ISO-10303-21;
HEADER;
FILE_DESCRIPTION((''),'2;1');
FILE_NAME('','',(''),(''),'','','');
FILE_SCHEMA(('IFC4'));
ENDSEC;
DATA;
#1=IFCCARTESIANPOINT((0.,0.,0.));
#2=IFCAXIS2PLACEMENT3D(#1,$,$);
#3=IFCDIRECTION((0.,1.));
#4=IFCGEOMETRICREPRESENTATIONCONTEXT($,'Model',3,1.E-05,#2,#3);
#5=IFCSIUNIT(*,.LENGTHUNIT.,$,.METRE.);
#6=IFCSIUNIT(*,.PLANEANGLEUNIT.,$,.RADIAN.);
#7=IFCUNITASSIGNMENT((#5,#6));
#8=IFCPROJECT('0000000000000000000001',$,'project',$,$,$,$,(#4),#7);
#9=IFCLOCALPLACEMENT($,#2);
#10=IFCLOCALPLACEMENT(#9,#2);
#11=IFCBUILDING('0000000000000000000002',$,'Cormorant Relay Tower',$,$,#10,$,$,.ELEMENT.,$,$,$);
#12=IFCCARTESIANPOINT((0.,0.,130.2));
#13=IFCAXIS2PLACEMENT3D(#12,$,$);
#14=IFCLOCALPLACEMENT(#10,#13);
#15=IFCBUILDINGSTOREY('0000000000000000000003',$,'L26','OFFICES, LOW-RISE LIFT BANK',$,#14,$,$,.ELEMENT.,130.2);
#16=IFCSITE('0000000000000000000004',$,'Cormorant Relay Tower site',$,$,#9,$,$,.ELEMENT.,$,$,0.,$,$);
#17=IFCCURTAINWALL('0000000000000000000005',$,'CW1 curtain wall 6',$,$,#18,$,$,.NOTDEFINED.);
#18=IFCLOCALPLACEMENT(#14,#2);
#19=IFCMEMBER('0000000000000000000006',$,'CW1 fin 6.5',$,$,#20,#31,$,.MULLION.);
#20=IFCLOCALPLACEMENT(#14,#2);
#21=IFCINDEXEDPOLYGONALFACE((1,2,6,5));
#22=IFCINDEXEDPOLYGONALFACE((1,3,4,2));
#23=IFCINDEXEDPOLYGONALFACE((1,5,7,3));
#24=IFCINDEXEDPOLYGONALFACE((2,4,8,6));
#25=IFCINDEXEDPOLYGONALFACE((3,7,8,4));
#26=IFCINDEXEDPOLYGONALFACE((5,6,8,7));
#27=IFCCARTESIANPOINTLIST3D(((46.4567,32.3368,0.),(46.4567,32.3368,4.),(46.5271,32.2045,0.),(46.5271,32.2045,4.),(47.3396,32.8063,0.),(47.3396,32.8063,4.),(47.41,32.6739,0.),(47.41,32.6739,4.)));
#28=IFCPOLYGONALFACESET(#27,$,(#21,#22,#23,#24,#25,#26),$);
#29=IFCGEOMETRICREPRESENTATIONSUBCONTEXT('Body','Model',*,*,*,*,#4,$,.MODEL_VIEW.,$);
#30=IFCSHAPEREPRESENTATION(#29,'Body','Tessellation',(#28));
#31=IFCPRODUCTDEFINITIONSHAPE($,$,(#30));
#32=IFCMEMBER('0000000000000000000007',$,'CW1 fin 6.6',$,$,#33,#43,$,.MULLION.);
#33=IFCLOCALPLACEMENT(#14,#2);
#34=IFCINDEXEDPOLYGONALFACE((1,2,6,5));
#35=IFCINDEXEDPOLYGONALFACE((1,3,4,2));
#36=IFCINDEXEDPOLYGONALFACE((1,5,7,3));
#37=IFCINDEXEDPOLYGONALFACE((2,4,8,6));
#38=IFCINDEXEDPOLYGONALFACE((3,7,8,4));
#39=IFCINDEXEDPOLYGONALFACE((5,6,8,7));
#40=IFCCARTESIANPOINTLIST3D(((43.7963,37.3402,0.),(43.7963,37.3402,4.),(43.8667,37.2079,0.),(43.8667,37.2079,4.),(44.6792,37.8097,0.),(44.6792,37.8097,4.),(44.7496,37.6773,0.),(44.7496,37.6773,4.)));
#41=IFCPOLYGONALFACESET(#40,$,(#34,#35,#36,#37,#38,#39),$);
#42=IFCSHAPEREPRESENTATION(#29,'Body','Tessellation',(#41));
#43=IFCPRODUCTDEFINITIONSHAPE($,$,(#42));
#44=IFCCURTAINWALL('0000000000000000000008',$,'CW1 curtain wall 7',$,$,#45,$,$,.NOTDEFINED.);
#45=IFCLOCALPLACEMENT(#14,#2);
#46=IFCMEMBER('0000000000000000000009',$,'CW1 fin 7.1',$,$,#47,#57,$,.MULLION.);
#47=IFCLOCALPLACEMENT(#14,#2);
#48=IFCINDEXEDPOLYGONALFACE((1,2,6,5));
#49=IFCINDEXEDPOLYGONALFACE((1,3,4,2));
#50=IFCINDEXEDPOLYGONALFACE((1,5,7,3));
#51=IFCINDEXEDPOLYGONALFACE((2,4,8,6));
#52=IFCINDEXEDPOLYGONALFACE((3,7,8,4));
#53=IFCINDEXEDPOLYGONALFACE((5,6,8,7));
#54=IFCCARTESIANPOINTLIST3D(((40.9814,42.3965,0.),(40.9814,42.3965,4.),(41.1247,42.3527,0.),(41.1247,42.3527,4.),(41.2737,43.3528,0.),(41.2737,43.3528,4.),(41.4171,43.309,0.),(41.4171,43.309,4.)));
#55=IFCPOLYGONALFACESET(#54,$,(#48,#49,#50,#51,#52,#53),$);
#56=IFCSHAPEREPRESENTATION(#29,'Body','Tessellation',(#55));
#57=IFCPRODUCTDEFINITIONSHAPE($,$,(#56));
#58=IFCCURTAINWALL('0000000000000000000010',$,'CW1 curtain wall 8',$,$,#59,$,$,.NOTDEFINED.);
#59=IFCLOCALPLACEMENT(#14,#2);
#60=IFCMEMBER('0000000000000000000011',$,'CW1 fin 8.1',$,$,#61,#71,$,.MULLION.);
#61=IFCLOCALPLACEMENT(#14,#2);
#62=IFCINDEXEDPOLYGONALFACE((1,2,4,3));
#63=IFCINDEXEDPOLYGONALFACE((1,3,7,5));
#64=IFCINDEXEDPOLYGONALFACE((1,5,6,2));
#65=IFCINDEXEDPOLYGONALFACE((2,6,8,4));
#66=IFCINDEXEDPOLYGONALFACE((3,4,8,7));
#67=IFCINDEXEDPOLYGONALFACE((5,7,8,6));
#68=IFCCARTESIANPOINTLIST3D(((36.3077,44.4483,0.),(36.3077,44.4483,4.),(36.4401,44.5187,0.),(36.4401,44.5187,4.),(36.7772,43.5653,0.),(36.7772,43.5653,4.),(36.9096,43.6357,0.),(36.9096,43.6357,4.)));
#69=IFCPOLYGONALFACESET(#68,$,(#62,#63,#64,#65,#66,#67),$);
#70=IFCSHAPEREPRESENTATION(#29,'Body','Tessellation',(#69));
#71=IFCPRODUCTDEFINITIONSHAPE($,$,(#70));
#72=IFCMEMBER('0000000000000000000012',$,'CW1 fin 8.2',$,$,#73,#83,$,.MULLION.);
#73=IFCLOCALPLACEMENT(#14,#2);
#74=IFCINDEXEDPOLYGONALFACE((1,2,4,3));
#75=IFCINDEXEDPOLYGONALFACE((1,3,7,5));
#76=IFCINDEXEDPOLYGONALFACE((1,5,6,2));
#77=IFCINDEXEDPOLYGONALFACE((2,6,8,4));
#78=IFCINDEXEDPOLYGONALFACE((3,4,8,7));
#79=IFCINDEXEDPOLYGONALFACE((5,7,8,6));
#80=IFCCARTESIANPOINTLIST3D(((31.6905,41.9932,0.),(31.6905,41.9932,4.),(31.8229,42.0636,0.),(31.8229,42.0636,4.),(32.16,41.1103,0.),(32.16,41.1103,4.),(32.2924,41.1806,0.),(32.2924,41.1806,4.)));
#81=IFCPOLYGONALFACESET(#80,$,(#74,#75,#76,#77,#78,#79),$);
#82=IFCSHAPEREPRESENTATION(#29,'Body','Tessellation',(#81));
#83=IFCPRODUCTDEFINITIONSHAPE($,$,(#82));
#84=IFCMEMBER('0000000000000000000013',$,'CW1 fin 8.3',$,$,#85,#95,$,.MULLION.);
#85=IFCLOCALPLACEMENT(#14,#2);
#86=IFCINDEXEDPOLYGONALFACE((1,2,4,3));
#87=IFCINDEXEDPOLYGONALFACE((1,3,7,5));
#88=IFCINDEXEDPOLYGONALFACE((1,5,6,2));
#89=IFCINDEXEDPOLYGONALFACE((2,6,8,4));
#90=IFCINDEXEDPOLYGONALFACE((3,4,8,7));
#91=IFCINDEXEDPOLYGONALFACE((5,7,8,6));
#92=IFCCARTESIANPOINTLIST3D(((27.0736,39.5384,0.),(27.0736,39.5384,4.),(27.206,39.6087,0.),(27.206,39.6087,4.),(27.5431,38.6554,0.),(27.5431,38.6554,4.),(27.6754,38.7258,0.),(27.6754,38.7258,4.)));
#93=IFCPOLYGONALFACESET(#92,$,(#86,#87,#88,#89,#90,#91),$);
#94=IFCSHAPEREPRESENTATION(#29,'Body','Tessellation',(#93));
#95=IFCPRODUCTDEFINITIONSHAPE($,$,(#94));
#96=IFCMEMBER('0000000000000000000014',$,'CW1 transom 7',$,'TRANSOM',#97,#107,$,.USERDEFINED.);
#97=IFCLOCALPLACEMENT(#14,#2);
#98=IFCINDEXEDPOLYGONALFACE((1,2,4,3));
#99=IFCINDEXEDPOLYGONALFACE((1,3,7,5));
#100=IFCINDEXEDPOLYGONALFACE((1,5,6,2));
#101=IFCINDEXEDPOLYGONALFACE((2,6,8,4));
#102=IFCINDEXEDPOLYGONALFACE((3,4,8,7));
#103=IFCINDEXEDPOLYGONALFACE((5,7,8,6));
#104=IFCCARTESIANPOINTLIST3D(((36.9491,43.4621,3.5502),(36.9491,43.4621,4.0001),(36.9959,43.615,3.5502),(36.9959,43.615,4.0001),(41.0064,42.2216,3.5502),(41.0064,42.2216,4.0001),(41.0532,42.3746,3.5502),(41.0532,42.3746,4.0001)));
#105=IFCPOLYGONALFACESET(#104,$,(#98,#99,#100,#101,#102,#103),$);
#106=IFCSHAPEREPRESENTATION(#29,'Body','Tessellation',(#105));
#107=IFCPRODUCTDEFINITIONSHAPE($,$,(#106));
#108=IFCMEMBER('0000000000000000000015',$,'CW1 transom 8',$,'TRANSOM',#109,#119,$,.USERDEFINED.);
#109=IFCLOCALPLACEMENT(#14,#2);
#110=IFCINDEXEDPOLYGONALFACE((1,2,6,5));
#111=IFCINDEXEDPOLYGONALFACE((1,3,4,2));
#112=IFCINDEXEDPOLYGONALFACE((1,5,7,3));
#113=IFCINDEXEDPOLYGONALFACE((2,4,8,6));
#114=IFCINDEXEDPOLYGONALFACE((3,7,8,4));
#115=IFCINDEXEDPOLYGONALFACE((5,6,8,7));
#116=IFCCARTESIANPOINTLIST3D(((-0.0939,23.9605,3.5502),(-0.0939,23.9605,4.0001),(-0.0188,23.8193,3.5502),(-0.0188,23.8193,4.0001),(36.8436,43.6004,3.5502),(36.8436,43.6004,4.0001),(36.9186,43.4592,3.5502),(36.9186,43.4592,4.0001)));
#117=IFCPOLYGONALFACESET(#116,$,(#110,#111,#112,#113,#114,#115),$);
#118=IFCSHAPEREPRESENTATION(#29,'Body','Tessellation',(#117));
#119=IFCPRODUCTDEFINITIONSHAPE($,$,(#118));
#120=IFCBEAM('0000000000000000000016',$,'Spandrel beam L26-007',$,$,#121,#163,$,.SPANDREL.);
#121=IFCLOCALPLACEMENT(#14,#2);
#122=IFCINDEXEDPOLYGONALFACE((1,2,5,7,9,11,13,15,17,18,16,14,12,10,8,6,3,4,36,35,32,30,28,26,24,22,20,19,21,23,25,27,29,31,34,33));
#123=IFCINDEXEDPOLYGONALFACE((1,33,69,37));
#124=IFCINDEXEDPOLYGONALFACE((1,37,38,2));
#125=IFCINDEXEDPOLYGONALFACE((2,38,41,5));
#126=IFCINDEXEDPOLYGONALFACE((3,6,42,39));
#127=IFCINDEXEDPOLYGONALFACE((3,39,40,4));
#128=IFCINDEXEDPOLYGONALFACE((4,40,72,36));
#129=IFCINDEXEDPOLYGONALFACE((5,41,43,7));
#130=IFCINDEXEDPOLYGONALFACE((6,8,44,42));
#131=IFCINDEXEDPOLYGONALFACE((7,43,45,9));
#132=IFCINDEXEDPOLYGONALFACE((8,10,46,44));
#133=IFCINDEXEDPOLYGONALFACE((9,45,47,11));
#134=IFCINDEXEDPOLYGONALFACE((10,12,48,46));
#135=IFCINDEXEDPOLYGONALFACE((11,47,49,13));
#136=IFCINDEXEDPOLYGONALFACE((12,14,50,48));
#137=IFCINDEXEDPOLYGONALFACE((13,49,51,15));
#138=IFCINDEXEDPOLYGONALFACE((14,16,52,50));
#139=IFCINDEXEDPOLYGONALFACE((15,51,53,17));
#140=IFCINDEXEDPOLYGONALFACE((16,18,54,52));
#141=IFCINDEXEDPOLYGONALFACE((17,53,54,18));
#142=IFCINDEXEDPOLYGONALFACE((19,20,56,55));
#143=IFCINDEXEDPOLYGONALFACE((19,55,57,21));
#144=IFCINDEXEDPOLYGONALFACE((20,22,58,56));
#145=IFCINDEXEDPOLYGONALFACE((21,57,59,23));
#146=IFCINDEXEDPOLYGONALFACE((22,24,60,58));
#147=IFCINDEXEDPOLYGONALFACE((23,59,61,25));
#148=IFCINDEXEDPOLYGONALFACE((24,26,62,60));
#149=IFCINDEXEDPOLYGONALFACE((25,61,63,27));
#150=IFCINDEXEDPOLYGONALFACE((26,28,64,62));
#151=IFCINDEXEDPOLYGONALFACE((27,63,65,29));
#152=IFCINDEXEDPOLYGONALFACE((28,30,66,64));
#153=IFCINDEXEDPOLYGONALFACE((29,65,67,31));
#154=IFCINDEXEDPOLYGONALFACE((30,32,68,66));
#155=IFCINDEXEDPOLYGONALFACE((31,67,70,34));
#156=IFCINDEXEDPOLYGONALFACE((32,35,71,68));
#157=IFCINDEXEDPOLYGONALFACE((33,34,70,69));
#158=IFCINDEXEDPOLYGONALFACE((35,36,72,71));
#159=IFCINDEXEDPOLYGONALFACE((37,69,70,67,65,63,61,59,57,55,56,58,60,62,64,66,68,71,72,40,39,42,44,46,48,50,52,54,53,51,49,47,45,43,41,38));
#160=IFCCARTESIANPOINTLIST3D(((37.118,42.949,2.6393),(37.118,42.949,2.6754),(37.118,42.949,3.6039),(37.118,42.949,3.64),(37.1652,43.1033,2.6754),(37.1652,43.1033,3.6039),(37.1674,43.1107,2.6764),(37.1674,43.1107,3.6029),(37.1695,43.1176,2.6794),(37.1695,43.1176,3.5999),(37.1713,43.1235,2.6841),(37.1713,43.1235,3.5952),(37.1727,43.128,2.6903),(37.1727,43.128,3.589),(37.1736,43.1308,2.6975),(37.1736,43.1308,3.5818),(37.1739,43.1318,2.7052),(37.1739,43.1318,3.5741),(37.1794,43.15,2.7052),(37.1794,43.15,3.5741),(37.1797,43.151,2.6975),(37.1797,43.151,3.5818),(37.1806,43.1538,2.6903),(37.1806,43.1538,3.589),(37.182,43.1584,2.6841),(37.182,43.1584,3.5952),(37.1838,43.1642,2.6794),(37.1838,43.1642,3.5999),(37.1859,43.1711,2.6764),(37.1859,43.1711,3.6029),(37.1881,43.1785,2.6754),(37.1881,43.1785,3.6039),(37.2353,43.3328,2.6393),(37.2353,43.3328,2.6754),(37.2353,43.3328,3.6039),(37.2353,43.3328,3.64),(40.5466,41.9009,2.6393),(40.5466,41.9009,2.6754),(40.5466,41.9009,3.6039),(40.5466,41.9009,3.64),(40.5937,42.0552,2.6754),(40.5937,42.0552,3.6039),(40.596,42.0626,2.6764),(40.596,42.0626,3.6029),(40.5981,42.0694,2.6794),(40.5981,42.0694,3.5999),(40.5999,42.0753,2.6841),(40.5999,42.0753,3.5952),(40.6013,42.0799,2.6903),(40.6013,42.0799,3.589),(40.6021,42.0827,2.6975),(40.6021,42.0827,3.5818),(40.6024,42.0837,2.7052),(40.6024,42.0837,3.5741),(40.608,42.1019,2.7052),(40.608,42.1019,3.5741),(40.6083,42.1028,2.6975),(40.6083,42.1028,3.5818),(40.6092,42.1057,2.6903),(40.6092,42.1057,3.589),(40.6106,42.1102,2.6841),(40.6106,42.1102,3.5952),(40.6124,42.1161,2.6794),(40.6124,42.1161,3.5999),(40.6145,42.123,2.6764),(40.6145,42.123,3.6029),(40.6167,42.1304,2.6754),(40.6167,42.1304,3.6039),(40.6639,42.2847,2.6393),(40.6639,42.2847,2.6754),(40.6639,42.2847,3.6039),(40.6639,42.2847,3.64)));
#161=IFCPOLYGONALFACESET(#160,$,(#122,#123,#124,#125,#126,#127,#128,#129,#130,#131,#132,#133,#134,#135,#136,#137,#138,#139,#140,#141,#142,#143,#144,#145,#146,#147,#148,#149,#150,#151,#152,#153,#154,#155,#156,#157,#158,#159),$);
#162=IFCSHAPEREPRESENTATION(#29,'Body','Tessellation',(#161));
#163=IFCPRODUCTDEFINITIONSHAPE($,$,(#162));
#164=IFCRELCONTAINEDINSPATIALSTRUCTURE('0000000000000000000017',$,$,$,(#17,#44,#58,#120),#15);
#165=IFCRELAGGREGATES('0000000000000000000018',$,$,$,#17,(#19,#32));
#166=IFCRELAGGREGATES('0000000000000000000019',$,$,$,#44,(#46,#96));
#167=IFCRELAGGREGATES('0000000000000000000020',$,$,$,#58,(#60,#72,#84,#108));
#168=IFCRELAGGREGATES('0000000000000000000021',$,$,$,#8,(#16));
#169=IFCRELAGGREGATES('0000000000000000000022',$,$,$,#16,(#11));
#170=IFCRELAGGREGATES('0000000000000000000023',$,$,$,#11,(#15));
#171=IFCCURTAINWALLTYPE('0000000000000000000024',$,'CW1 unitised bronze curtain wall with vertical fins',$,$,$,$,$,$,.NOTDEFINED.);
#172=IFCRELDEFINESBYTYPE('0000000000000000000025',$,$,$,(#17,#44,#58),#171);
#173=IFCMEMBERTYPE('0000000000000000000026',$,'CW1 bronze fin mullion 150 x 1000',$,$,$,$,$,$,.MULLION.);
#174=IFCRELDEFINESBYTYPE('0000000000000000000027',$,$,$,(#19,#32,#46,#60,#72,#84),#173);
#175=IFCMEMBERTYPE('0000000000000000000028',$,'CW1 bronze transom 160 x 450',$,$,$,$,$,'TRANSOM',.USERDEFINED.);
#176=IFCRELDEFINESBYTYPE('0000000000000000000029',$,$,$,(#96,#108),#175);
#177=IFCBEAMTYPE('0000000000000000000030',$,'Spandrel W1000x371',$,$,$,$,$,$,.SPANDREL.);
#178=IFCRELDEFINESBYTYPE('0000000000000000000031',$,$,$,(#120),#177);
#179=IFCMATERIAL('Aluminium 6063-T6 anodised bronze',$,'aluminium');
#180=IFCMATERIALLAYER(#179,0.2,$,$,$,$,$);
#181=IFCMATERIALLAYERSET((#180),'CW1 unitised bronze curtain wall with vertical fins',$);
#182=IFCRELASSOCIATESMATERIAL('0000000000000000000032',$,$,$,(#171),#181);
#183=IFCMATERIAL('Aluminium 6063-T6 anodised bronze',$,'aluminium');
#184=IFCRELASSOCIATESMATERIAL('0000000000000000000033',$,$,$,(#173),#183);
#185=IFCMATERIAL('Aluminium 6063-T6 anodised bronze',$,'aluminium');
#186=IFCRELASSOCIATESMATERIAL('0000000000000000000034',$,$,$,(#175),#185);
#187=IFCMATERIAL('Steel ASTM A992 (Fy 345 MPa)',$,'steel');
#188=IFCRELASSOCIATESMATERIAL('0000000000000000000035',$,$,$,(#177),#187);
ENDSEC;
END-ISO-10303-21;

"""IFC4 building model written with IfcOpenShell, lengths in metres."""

from ifc_helpers import new_model, si_unit, direction, frame, origin, origin_2d, place, context, subcontext, project, spatial, rectangle, i_section, extrude, material, layer, layer_set, material_profile, profile_set, type_object, element, aggregate, save


model = new_model("IFC4")

# Units and contexts
model_context = context("Model", 3, precision=1e-05, world=origin(), true_north=direction((0.0, 1.0)))
body_context = subcontext(model_context, "Body", "Model", "MODEL_VIEW")
ifc_project = project(units=[si_unit("LENGTHUNIT", "METRE"), si_unit("PLANEANGLEUNIT", "RADIAN")], contexts=[model_context])

# Site, building, storey
site_placement = place(None, origin())
site = spatial("IfcSite", under=ifc_project, at=site_placement, Name="Cormorant Relay Tower site", CompositionType="ELEMENT", RefElevation=0.0)
building_placement = place(site_placement, origin())
building = spatial("IfcBuilding", under=site, at=building_placement, Name="Cormorant Relay Tower", CompositionType="ELEMENT")
storey_placement = place(building_placement, frame((0.0, 0.0, 130.2)))
storey = spatial("IfcBuildingStorey", under=building, at=storey_placement, Name="L26", Description="OFFICES, LOW-RISE LIFT BANK", CompositionType="ELEMENT", Elevation=130.2)

# Curtain wall, members
ifc_material_1 = material(Name="Aluminium 6063-T6 anodised bronze", Category="aluminium")
ifc_layer_1 = layer(ifc_material_1, 0.2)
ifc_layer_set_1 = layer_set([ifc_layer_1], Name="CW1 unitised bronze curtain wall with vertical fins")
curtain_wall_type = type_object("IfcCurtainWallType", Name="CW1 unitised bronze curtain wall with vertical fins", PredefinedType="NOTDEFINED", material=ifc_layer_set_1)
curtain_wall_1_placement = place(storey_placement, origin())
curtain_wall_1 = element("IfcCurtainWall", 1, at=curtain_wall_1_placement, inside=storey, type_object=curtain_wall_type, Name="CW1 curtain wall 6", PredefinedType="NOTDEFINED")
ifc_material_2 = material(Name="Aluminium 6063-T6 anodised bronze", Category="aluminium")
ifc_material_profile_1 = material_profile(ifc_material_2, rectangle(XDim=0.1499, YDim=1.0, at=origin_2d()), Name="AL 150x1000")
ifc_profile_set_1 = profile_set([ifc_material_profile_1], Name="Aluminium 6063-T6 anodised bronze")
member_type_1 = type_object("IfcMemberType", Name="CW1 bronze fin mullion 150 x 1000", PredefinedType="MULLION", material=ifc_profile_set_1)
member_1_placement = place(storey_placement, frame((46.9333, 32.5054, 0.0), z_axis=(0.0, 0.0, 1.0), x_axis=(-0.469472, 0.882948, 0.0)))
member_1 = element("IfcMember", 2, at=member_1_placement, type_object=member_type_1, Name="CW1 fin 6.5", PredefinedType="MULLION", context=body_context, shape_type="SweptSolid", body=[
    extrude(rectangle(XDim=0.1499, YDim=1.0, at=origin_2d()), origin(), (0.0, 0.0, 1.0), 4.0),
])
member_2_placement = place(storey_placement, frame((44.2729, 37.5088, 0.0), z_axis=(0.0, 0.0, 1.0), x_axis=(-0.469472, 0.882948, 0.0)))
member_2 = element("IfcMember", 3, at=member_2_placement, type_object=member_type_1, Name="CW1 fin 6.6", PredefinedType="MULLION", context=body_context, shape_type="SweptSolid", body=[
    extrude(rectangle(XDim=0.1499, YDim=1.0, at=origin_2d()), origin(), (0.0, 0.0, 1.0), 4.0),
])

# Curtain wall, member
curtain_wall_2_placement = place(storey_placement, origin())
curtain_wall_2 = element("IfcCurtainWall", 4, at=curtain_wall_2_placement, inside=storey, type_object=curtain_wall_type, Name="CW1 curtain wall 7", PredefinedType="NOTDEFINED")
member_3_placement = place(storey_placement, frame((41.1992, 42.8528, 0.0), z_axis=(0.0, 0.0, 1.0), x_axis=(-0.956305, 0.292372, 0.0)))
member_3 = element("IfcMember", 5, at=member_3_placement, type_object=member_type_1, Name="CW1 fin 7.1", PredefinedType="MULLION", context=body_context, shape_type="SweptSolid", body=[
    extrude(rectangle(XDim=0.1499, YDim=1.0, at=origin_2d()), origin(), (0.0, 0.0, 1.0), 4.0),
])

# Curtain wall, members
curtain_wall_3_placement = place(storey_placement, origin())
curtain_wall_3 = element("IfcCurtainWall", 6, at=curtain_wall_3_placement, inside=storey, type_object=curtain_wall_type, Name="CW1 curtain wall 8", PredefinedType="NOTDEFINED")
member_4_placement = place(storey_placement, frame((36.6086, 44.042, 0.0), z_axis=(0.0, 0.0, 1.0), x_axis=(-0.882948, -0.469472, 0.0)))
member_4 = element("IfcMember", 7, at=member_4_placement, type_object=member_type_1, Name="CW1 fin 8.1", PredefinedType="MULLION", context=body_context, shape_type="SweptSolid", body=[
    extrude(rectangle(XDim=0.1499, YDim=1.0, at=origin_2d()), origin(), (0.0, 0.0, 1.0), 4.0),
])
member_5_placement = place(storey_placement, frame((31.9915, 41.5869, 0.0), z_axis=(0.0, 0.0, 1.0), x_axis=(-0.882948, -0.469472, 0.0)))
member_5 = element("IfcMember", 8, at=member_5_placement, type_object=member_type_1, Name="CW1 fin 8.2", PredefinedType="MULLION", context=body_context, shape_type="SweptSolid", body=[
    extrude(rectangle(XDim=0.1499, YDim=1.0, at=origin_2d()), origin(), (0.0, 0.0, 1.0), 4.0),
])
member_6_placement = place(storey_placement, frame((27.3745, 39.1321, 0.0), z_axis=(0.0, 0.0, 1.0), x_axis=(-0.882948, -0.469472, 0.0)))
member_6 = element("IfcMember", 9, at=member_6_placement, type_object=member_type_1, Name="CW1 fin 8.3", PredefinedType="MULLION", context=body_context, shape_type="SweptSolid", body=[
    extrude(rectangle(XDim=0.1499, YDim=1.0, at=origin_2d()), origin(), (0.0, 0.0, 1.0), 4.0),
])

# Members
ifc_material_3 = material(Name="Aluminium 6063-T6 anodised bronze", Category="aluminium")
ifc_material_profile_2 = material_profile(ifc_material_3, rectangle(XDim=0.1599, YDim=0.45, at=origin_2d()), Name="AL 160x450")
ifc_profile_set_2 = profile_set([ifc_material_profile_2], Name="Aluminium 6063-T6 anodised bronze")
member_type_2 = type_object("IfcMemberType", Name="CW1 bronze transom 160 x 450", ElementType="TRANSOM", PredefinedType="USERDEFINED", material=ifc_profile_set_2)
member_7_placement = place(storey_placement, frame((41.0298, 42.2981, 3.7751), z_axis=(-0.956304, 0.292375, 0.0), x_axis=(-0.292375, -0.956304, 0.0)))
member_7 = element("IfcMember", 10, at=member_7_placement, type_object=member_type_2, Name="CW1 transom 7", ObjectType="TRANSOM", PredefinedType="USERDEFINED", context=body_context, shape_type="SweptSolid", body=[
    extrude(rectangle(XDim=0.1599, YDim=0.45, at=origin_2d()), origin(), (0.0, 0.0, 1.0), 4.2427),
])
member_8_placement = place(storey_placement, frame((36.8811, 43.5298, 3.7751), z_axis=(-0.882949, -0.469469, 0.0), x_axis=(0.469469, -0.882949, 0.0)))
member_8 = element("IfcMember", 11, at=member_8_placement, type_object=member_type_2, Name="CW1 transom 8", ObjectType="TRANSOM", PredefinedType="USERDEFINED", context=body_context, shape_type="SweptSolid", body=[
    extrude(rectangle(XDim=0.1599, YDim=0.45, at=origin_2d()), origin(), (0.0, 0.0, 1.0), 41.8342),
])

# Beam
ifc_material_4 = material(Name="Steel ASTM A992 (Fy 345 MPa)", Category="steel")
ifc_material_profile_3 = material_profile(ifc_material_4, i_section(OverallWidth=0.4014, OverallDepth=1.0007, WebThickness=0.019, FlangeThickness=0.0361, FilletRadius=0.0298, at=origin_2d()), Name="W1000x371")
ifc_profile_set_3 = profile_set([ifc_material_profile_3], Name="Steel ASTM A992 (Fy 345 MPa)")
beam_type = type_object("IfcBeamType", Name="Spandrel W1000x371", PredefinedType="SPANDREL", material=ifc_profile_set_3)
beam_1_placement = place(storey_placement, frame((40.6052, 42.0928, 3.1396), z_axis=(-0.956312, 0.292348, 0.0), x_axis=(-0.292348, -0.956312, 0.0)))
element("IfcBeam", 12, at=beam_1_placement, inside=storey, type_object=beam_type, Name="Spandrel beam L26-007", PredefinedType="SPANDREL", context=body_context, shape_type="SweptSolid", body=[
    extrude(i_section(OverallWidth=0.4014, OverallDepth=1.0007, WebThickness=0.019, FlangeThickness=0.0361, FilletRadius=0.0298, at=origin_2d()), origin(), (0.0, 0.0, 1.0), 3.5852),
])

aggregate(curtain_wall_1, [member_1, member_2])
aggregate(curtain_wall_2, [member_3, member_7])
aggregate(curtain_wall_3, [member_4, member_5, member_6, member_8])

save(model, "model.ifc")
